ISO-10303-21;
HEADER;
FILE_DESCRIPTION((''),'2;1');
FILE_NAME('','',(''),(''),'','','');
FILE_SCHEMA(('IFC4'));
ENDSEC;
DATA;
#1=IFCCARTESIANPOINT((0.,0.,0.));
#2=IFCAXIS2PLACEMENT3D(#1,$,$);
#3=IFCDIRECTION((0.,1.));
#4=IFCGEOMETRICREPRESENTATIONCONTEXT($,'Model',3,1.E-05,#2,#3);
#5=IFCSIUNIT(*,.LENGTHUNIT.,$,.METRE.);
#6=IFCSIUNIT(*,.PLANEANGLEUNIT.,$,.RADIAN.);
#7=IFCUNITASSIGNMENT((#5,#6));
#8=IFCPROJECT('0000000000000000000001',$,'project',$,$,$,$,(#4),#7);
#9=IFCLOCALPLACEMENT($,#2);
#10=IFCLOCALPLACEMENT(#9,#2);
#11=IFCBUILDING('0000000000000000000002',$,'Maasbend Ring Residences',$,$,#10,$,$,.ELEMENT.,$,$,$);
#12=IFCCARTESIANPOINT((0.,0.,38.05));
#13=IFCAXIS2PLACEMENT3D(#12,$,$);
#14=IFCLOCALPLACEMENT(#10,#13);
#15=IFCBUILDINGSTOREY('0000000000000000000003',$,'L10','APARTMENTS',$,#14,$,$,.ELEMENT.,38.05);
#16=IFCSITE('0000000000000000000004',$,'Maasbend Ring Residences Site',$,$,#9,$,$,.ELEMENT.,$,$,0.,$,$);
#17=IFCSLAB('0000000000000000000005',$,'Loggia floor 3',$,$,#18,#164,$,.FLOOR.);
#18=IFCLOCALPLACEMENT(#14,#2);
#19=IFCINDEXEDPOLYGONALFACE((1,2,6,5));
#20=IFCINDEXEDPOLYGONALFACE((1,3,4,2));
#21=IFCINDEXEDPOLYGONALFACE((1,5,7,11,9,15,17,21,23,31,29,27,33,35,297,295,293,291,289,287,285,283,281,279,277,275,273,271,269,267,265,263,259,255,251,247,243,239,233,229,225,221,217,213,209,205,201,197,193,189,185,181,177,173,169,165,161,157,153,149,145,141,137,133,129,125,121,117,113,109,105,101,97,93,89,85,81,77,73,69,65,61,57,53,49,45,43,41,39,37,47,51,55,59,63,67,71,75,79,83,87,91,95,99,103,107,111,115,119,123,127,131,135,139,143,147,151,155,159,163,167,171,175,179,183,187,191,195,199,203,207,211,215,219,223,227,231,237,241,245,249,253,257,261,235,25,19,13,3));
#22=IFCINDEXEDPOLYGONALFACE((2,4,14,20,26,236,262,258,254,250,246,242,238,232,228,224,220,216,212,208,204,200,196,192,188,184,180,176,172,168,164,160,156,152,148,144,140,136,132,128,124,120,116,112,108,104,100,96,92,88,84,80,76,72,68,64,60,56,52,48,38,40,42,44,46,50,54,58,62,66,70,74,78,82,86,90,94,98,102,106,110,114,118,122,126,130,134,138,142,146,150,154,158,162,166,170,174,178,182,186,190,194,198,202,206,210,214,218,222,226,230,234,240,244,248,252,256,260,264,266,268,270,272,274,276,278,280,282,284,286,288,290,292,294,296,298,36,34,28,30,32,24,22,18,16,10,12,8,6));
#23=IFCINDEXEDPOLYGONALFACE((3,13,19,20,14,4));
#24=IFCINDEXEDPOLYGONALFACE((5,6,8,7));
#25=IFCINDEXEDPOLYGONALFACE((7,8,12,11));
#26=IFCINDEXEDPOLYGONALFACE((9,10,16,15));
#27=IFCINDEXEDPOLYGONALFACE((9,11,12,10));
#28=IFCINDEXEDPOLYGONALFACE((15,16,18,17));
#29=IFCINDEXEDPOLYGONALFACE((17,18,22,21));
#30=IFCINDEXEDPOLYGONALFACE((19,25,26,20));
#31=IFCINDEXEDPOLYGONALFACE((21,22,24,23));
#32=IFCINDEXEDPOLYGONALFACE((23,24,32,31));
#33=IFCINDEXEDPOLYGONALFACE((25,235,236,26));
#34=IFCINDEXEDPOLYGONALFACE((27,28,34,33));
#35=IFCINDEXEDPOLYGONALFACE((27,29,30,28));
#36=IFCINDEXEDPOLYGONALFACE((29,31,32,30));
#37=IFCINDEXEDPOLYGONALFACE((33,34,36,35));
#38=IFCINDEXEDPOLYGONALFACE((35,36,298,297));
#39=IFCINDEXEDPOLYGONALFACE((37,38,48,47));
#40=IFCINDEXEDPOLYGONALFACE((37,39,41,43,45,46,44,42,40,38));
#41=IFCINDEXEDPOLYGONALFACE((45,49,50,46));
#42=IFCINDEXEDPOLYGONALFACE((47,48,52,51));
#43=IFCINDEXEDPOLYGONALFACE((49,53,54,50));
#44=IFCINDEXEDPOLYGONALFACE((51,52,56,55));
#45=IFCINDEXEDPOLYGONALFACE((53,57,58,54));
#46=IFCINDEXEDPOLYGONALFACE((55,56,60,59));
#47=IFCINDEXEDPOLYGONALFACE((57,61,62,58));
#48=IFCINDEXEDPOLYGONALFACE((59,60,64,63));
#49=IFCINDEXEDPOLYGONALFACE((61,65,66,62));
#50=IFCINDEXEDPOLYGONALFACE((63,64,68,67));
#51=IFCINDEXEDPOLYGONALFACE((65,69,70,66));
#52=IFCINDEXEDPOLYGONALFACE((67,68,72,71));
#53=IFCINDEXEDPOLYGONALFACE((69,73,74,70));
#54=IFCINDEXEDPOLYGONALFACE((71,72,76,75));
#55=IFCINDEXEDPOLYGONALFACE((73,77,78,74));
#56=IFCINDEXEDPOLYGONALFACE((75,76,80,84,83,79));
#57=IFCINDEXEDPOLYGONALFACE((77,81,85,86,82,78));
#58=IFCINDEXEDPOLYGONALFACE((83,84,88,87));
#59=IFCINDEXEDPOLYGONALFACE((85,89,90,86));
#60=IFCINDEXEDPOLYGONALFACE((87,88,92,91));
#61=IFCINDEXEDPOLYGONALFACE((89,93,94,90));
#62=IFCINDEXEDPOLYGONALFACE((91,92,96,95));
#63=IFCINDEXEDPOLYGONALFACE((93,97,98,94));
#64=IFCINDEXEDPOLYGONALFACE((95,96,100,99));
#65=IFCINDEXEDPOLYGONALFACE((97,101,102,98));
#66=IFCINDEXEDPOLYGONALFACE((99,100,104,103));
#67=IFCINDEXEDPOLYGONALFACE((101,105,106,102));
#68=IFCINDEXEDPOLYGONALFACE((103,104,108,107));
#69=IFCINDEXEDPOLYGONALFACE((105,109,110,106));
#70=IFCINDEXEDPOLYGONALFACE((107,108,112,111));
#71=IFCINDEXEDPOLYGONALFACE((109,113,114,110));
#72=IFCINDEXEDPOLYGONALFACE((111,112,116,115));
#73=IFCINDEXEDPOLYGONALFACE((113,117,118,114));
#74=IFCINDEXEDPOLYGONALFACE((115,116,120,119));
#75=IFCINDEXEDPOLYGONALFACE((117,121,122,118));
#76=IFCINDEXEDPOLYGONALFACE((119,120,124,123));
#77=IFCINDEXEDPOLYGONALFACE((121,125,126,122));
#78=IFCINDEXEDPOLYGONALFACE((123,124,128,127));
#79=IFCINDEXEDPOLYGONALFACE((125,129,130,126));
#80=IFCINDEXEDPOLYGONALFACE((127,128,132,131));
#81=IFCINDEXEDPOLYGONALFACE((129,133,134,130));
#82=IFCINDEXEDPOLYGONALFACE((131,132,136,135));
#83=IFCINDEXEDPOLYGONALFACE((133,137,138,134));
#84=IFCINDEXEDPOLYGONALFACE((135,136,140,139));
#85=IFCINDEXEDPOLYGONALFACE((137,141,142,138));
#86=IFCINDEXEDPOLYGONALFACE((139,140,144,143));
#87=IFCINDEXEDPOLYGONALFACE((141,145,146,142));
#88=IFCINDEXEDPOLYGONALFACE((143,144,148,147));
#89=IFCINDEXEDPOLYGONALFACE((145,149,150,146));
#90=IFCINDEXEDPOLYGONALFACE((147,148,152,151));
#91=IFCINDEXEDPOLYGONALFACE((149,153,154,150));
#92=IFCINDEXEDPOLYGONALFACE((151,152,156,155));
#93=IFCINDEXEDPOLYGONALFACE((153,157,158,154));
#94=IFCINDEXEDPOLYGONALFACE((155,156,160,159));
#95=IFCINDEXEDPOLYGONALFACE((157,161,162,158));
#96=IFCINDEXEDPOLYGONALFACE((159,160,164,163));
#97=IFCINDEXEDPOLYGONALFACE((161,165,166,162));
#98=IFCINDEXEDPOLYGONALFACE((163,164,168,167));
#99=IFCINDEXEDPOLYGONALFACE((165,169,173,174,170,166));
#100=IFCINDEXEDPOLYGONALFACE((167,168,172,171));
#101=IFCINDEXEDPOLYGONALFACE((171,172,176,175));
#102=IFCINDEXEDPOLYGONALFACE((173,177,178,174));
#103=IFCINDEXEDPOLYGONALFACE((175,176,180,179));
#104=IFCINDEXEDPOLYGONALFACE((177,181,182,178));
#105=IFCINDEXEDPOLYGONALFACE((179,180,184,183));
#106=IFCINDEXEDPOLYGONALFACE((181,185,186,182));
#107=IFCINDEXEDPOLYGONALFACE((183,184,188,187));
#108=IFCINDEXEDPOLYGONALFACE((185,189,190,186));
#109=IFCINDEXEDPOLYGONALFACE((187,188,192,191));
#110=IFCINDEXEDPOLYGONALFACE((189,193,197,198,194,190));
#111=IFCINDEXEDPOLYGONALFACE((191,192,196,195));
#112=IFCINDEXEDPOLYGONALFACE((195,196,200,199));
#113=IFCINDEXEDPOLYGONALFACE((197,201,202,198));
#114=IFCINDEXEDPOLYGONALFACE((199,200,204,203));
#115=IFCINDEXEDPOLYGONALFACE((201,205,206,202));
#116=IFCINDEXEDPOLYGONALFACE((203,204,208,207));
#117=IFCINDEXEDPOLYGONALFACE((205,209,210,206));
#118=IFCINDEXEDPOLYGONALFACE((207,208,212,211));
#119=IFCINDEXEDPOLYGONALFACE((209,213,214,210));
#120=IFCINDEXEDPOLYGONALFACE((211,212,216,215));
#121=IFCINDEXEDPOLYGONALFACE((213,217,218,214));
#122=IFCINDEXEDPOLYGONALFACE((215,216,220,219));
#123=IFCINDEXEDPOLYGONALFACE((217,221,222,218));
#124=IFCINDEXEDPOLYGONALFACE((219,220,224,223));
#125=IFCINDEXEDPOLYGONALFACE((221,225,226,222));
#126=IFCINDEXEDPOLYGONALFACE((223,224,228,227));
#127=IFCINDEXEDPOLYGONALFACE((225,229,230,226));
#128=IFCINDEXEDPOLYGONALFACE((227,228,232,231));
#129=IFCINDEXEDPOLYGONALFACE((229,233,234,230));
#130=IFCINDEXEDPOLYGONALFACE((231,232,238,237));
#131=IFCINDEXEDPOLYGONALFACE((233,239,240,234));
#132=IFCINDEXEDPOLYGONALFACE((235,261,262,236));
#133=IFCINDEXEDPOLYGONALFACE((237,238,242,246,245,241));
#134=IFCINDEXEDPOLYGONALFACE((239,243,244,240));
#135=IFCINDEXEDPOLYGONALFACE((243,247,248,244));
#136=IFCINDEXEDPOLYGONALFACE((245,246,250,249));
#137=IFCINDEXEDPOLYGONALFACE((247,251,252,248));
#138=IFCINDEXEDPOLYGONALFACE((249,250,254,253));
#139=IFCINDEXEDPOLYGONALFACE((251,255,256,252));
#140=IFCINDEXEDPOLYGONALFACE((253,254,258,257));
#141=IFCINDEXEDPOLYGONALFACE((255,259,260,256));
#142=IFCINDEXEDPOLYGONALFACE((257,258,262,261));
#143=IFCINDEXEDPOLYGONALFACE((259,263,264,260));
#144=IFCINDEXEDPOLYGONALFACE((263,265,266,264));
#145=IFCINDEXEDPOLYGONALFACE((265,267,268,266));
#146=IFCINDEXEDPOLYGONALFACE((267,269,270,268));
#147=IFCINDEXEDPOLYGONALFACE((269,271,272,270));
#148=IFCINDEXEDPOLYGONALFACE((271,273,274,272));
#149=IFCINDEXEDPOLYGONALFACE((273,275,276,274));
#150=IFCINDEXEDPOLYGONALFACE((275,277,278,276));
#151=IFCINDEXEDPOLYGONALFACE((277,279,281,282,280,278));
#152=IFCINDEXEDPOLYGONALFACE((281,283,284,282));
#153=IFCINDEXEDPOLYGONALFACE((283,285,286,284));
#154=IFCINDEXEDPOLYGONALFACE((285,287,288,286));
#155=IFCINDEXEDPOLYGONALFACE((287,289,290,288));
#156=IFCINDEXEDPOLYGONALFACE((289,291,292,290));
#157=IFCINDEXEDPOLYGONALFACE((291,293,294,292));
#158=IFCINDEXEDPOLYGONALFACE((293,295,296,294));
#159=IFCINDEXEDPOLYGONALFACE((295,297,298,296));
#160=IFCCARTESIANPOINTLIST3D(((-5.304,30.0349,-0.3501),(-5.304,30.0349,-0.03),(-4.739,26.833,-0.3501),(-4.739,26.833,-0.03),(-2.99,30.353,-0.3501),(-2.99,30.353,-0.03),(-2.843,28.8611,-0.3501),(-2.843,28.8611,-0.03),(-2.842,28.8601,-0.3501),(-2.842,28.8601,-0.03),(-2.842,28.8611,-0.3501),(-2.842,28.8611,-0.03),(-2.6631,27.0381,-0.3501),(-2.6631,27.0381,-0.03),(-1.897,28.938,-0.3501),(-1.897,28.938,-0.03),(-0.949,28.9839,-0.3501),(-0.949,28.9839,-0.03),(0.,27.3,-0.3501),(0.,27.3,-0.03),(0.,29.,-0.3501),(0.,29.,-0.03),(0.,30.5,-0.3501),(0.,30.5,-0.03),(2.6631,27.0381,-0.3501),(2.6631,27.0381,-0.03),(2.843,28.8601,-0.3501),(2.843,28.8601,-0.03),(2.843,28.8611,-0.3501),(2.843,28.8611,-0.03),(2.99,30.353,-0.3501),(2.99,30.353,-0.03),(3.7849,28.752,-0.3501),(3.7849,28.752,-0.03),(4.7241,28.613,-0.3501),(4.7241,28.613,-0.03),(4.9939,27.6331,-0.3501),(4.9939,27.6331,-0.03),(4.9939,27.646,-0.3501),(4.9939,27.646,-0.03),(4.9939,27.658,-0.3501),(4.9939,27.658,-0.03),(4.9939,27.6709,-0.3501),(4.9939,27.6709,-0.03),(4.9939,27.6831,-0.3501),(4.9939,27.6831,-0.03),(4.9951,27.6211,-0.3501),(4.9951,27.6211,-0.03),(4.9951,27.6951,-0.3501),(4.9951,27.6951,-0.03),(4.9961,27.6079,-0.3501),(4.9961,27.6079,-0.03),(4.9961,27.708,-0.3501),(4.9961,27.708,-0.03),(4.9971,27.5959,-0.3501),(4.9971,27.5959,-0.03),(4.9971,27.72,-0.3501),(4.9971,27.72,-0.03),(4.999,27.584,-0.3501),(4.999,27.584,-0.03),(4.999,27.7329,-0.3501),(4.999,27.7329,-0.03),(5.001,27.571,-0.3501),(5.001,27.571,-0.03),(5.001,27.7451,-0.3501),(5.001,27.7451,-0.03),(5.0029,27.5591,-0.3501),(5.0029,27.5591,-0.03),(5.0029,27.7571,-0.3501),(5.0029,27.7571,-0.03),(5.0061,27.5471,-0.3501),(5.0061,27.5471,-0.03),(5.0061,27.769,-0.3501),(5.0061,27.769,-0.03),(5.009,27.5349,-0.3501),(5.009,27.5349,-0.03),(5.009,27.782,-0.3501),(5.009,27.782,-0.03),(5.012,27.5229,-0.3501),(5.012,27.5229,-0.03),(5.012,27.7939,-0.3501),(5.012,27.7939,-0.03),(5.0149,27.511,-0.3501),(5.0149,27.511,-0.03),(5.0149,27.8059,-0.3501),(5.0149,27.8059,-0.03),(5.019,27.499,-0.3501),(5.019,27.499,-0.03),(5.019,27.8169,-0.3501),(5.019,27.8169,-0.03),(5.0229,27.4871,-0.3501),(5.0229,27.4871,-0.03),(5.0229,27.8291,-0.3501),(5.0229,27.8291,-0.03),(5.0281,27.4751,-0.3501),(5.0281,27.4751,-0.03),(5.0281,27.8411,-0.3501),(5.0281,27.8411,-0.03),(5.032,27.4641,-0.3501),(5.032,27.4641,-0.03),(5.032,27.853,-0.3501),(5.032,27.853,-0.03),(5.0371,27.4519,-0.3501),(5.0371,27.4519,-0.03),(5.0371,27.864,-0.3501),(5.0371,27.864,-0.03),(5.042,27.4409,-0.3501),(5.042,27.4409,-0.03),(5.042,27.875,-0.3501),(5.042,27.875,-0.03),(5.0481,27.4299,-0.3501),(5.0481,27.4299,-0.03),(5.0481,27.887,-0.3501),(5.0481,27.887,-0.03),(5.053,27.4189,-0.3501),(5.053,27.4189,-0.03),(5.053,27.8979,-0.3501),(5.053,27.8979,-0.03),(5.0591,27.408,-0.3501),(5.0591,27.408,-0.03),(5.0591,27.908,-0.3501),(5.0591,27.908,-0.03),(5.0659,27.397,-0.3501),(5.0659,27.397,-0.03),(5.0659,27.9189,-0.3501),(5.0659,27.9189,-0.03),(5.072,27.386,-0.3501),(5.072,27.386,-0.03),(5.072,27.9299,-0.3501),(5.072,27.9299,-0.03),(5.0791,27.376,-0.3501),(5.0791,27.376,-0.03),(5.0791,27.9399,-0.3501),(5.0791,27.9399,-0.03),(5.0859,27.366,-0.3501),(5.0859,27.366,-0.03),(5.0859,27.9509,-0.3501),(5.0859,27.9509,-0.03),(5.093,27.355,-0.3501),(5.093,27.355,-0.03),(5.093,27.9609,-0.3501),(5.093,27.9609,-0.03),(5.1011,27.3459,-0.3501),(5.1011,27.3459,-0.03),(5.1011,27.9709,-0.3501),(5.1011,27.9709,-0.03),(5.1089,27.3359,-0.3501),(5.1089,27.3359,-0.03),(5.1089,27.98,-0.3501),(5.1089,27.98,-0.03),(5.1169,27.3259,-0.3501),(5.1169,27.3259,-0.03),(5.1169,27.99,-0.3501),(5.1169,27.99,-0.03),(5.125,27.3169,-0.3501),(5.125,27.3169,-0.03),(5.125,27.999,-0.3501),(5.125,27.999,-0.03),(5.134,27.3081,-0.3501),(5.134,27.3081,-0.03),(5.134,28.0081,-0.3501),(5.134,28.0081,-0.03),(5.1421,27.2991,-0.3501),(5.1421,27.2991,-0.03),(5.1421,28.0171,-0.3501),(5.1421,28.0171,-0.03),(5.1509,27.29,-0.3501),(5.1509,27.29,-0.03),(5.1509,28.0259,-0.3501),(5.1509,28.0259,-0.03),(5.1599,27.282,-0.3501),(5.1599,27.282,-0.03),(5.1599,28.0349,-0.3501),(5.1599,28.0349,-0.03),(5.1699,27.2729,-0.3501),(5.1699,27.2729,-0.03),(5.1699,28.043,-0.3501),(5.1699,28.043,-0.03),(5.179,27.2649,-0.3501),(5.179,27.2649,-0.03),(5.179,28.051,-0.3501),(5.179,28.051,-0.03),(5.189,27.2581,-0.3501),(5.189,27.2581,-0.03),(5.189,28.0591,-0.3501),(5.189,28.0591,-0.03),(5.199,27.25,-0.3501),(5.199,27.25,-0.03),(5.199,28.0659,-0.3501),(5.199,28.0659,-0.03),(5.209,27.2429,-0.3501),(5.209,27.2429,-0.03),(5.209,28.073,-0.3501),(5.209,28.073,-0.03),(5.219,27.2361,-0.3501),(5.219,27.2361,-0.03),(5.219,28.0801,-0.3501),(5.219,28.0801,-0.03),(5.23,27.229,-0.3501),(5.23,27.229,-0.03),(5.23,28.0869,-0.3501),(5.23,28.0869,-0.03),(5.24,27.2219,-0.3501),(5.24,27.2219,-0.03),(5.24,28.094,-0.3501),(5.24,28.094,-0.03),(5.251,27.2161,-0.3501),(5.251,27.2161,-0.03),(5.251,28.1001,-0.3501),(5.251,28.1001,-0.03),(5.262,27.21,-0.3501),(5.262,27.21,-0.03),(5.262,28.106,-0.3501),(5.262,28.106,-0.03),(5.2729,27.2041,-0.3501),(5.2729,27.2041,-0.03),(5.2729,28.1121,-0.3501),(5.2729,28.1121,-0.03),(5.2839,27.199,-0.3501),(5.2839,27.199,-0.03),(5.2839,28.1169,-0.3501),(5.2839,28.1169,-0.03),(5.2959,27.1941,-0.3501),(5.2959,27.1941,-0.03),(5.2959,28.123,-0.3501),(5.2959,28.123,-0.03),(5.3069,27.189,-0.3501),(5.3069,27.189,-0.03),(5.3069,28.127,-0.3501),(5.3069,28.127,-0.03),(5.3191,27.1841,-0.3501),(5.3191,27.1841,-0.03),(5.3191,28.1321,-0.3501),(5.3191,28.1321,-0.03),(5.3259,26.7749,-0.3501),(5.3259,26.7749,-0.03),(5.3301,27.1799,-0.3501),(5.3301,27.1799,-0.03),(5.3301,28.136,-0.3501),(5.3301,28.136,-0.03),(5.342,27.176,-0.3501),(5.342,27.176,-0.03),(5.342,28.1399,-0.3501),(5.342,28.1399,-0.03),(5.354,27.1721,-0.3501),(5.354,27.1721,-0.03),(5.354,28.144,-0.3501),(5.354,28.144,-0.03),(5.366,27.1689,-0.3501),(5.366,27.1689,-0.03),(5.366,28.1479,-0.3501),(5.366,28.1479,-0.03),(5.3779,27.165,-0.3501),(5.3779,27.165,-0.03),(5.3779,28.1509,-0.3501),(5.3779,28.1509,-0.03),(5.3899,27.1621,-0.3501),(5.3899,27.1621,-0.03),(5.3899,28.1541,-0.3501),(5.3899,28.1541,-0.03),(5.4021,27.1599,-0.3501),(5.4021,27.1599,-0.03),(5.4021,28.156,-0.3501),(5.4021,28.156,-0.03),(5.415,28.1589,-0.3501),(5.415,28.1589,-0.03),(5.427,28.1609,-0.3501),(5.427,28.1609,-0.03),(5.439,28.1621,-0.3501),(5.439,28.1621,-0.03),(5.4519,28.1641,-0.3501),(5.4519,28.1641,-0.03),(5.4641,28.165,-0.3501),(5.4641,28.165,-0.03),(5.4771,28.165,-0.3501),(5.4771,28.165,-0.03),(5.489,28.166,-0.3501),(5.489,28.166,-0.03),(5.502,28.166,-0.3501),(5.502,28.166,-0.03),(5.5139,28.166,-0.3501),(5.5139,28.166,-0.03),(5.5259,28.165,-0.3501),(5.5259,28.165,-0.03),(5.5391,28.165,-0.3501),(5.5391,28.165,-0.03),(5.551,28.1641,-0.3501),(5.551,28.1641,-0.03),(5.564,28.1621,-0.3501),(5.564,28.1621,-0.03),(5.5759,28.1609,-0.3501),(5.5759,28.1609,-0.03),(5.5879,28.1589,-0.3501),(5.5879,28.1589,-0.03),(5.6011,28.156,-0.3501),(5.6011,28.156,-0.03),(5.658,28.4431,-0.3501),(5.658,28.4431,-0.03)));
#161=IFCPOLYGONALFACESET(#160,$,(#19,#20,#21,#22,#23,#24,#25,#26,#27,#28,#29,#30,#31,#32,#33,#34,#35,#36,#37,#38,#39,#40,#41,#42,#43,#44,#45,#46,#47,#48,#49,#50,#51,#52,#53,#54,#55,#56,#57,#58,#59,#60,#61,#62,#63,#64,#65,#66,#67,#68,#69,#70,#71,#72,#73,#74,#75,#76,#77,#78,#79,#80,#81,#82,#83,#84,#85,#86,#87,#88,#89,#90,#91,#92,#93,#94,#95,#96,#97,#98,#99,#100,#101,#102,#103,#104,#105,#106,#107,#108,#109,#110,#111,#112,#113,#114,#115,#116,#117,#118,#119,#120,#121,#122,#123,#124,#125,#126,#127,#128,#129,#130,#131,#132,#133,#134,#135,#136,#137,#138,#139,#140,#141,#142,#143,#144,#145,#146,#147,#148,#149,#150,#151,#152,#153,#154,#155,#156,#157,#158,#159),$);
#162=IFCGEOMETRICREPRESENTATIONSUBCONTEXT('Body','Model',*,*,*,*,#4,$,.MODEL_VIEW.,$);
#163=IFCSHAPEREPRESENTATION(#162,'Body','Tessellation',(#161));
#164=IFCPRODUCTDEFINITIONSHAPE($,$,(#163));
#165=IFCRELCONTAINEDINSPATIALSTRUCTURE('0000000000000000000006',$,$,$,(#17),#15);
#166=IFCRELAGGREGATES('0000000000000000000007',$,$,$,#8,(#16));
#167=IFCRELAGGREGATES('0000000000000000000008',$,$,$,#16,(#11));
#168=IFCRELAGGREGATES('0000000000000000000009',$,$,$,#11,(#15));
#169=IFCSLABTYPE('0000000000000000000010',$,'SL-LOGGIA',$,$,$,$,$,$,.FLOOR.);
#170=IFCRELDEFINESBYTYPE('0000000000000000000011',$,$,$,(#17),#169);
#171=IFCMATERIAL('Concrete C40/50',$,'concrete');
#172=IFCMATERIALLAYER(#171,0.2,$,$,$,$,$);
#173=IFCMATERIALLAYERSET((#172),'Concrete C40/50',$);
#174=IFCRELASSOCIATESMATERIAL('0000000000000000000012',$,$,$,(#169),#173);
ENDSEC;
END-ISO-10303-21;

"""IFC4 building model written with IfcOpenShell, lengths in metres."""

from ifc_helpers import new_model, si_unit, direction, frame, origin, place, context, subcontext, project, spatial, polyline, outline, extrude, material, layer, layer_set, type_object, element, save


model = new_model("IFC4")

# Units and contexts
model_context = context("Model", 3, precision=1e-05, world=origin(), true_north=direction((0.0, 1.0)))
body_context = subcontext(model_context, "Body", "Model", "MODEL_VIEW")
ifc_project = project(units=[si_unit("LENGTHUNIT", "METRE"), si_unit("PLANEANGLEUNIT", "RADIAN")], contexts=[model_context])

# Site, building, storey
site_placement = place(None, origin())
site = spatial("IfcSite", under=ifc_project, at=site_placement, Name="Maasbend Ring Residences Site", CompositionType="ELEMENT", RefElevation=0.0)
building_placement = place(site_placement, origin())
building = spatial("IfcBuilding", under=site, at=building_placement, Name="Maasbend Ring Residences", CompositionType="ELEMENT")
storey_placement = place(building_placement, frame((0.0, 0.0, 38.05)))
storey = spatial("IfcBuildingStorey", under=building, at=storey_placement, Name="L10", Description="APARTMENTS", CompositionType="ELEMENT", Elevation=38.05)

# Slab
ifc_material_1 = material(Name="Concrete C40/50", Category="concrete")
ifc_layer_1 = layer(ifc_material_1, 0.2)
ifc_layer_set_1 = layer_set([ifc_layer_1], Name="Concrete C40/50")
slab_type_1 = type_object("IfcSlabType", Name="SL-LOGGIA", PredefinedType="FLOOR", material=ifc_layer_set_1)
slab_1_placement = place(storey_placement, frame((0.0, 0.0, -0.3501)))
element("IfcSlab", 1, at=slab_1_placement, inside=storey, type_object=slab_type_1, Name="Loggia floor 3", PredefinedType="FLOOR", context=body_context, shape_type="SweptSolid", body=[
    extrude(outline(polyline([(-2.843, 28.8611), (-2.843, 28.8611), (-2.843, 28.8611), (-2.843, 28.8611), (-2.842, 28.8611), (-2.842, 28.8611), (-2.842, 28.8611), (-2.842, 28.8611), (-2.842, 28.8611), (-2.842, 28.8601), (-2.842, 28.8601), (-2.842, 28.8601), (-2.842, 28.8601), (-2.842, 28.8601), (-2.842, 28.8601), (-2.842, 28.8601), (-2.842, 28.8601), (-1.897, 28.938), (-1.897, 28.938), (-0.949, 28.9839), (-0.949, 28.9839), (0.0, 29.0), (0.0, 29.0), (0.0, 29.0), (0.0, 29.0), (0.0, 29.0), (0.0, 29.0), (0.0, 29.0), (0.0, 29.0), (0.0, 29.0), (0.0, 29.0), (0.0, 29.0), (0.0, 29.0), (0.0, 29.0), (0.0, 29.0), (0.0, 29.0), (0.0, 29.0), (0.0, 29.0), (0.0, 30.5), (0.0, 30.5), (0.0, 30.5), (2.99, 30.353), (2.99, 30.353), (2.99, 30.353), (2.843, 28.8611), (2.843, 28.8611), (2.843, 28.8611), (2.843, 28.8611), (2.843, 28.8611), (2.843, 28.8611), (2.843, 28.8611), (2.843, 28.8611), (2.843, 28.8601), (2.843, 28.8601), (2.843, 28.8601), (2.843, 28.8601), (2.843, 28.8601), (2.843, 28.8601), (2.843, 28.8601), (2.843, 28.8601), (2.843, 28.8601), (3.7849, 28.752), (3.7849, 28.752), (4.7241, 28.613), (4.7241, 28.613), (5.658, 28.4431), (5.658, 28.4431), (5.658, 28.4431), (5.6011, 28.156), (5.6011, 28.156), (5.5879, 28.1589), (5.5759, 28.1609), (5.564, 28.1621), (5.551, 28.1641), (5.5391, 28.165), (5.5259, 28.165), (5.5139, 28.166), (5.502, 28.166), (5.489, 28.166), (5.4771, 28.165), (5.4641, 28.165), (5.4519, 28.1641), (5.439, 28.1621), (5.427, 28.1609), (5.415, 28.1589), (5.4021, 28.156), (5.3899, 28.1541), (5.3779, 28.1509), (5.366, 28.1479), (5.354, 28.144), (5.342, 28.1399), (5.3301, 28.136), (5.3191, 28.1321), (5.3069, 28.127), (5.2959, 28.123), (5.2839, 28.1169), (5.2729, 28.1121), (5.262, 28.106), (5.251, 28.1001), (5.24, 28.094), (5.23, 28.0869), (5.219, 28.0801), (5.209, 28.073), (5.199, 28.0659), (5.189, 28.0591), (5.179, 28.051), (5.1699, 28.043), (5.1599, 28.0349), (5.1509, 28.0259), (5.1421, 28.0171), (5.134, 28.0081), (5.125, 27.999), (5.1169, 27.99), (5.1089, 27.98), (5.1011, 27.9709), (5.093, 27.9609), (5.0859, 27.9509), (5.0791, 27.9399), (5.072, 27.9299), (5.0659, 27.9189), (5.0591, 27.908), (5.053, 27.8979), (5.0481, 27.887), (5.042, 27.875), (5.0371, 27.864), (5.032, 27.853), (5.0281, 27.8411), (5.0229, 27.8291), (5.019, 27.8169), (5.0149, 27.8059), (5.012, 27.7939), (5.009, 27.782), (5.0061, 27.769), (5.0029, 27.7571), (5.001, 27.7451), (4.999, 27.7329), (4.9971, 27.72), (4.9961, 27.708), (4.9951, 27.6951), (4.9939, 27.6831), (4.9939, 27.6709), (4.9939, 27.658), (4.9939, 27.646), (4.9939, 27.6331), (4.9951, 27.6211), (4.9961, 27.6079), (4.9971, 27.5959), (4.999, 27.584), (5.001, 27.571), (5.0029, 27.5591), (5.0061, 27.5471), (5.009, 27.5349), (5.012, 27.5229), (5.0149, 27.511), (5.019, 27.499), (5.0229, 27.4871), (5.0281, 27.4751), (5.032, 27.4641), (5.0371, 27.4519), (5.042, 27.4409), (5.0481, 27.4299), (5.053, 27.4189), (5.0591, 27.408), (5.0659, 27.397), (5.072, 27.386), (5.0791, 27.376), (5.0859, 27.366), (5.093, 27.355), (5.1011, 27.3459), (5.1089, 27.3359), (5.1169, 27.3259), (5.125, 27.3169), (5.134, 27.3081), (5.1421, 27.2991), (5.1509, 27.29), (5.1599, 27.282), (5.1699, 27.2729), (5.179, 27.2649), (5.189, 27.2581), (5.199, 27.25), (5.209, 27.2429), (5.219, 27.2361), (5.23, 27.229), (5.24, 27.2219), (5.251, 27.2161), (5.262, 27.21), (5.2729, 27.2041), (5.2839, 27.199), (5.2959, 27.1941), (5.3069, 27.189), (5.3191, 27.1841), (5.3301, 27.1799), (5.342, 27.176), (5.354, 27.1721), (5.366, 27.1689), (5.3779, 27.165), (5.3899, 27.1621), (5.4021, 27.1599), (5.4021, 27.1599), (5.3259, 26.7749), (5.3259, 26.7749), (5.3259, 26.7749), (2.6631, 27.0381), (0.0, 27.3), (0.0, 27.3), (0.0, 27.3), (-2.6631, 27.0381), (-4.739, 26.833), (-4.739, 26.833), (-4.739, 26.833), (-5.304, 30.0349), (-5.304, 30.0349), (-5.304, 30.0349), (-2.99, 30.353), (-2.99, 30.353), (-2.99, 30.353), (-2.843, 28.8611)])), origin(), (0.0, 0.0, 1.0), 0.3201),
])

save(model, "model.ifc")
